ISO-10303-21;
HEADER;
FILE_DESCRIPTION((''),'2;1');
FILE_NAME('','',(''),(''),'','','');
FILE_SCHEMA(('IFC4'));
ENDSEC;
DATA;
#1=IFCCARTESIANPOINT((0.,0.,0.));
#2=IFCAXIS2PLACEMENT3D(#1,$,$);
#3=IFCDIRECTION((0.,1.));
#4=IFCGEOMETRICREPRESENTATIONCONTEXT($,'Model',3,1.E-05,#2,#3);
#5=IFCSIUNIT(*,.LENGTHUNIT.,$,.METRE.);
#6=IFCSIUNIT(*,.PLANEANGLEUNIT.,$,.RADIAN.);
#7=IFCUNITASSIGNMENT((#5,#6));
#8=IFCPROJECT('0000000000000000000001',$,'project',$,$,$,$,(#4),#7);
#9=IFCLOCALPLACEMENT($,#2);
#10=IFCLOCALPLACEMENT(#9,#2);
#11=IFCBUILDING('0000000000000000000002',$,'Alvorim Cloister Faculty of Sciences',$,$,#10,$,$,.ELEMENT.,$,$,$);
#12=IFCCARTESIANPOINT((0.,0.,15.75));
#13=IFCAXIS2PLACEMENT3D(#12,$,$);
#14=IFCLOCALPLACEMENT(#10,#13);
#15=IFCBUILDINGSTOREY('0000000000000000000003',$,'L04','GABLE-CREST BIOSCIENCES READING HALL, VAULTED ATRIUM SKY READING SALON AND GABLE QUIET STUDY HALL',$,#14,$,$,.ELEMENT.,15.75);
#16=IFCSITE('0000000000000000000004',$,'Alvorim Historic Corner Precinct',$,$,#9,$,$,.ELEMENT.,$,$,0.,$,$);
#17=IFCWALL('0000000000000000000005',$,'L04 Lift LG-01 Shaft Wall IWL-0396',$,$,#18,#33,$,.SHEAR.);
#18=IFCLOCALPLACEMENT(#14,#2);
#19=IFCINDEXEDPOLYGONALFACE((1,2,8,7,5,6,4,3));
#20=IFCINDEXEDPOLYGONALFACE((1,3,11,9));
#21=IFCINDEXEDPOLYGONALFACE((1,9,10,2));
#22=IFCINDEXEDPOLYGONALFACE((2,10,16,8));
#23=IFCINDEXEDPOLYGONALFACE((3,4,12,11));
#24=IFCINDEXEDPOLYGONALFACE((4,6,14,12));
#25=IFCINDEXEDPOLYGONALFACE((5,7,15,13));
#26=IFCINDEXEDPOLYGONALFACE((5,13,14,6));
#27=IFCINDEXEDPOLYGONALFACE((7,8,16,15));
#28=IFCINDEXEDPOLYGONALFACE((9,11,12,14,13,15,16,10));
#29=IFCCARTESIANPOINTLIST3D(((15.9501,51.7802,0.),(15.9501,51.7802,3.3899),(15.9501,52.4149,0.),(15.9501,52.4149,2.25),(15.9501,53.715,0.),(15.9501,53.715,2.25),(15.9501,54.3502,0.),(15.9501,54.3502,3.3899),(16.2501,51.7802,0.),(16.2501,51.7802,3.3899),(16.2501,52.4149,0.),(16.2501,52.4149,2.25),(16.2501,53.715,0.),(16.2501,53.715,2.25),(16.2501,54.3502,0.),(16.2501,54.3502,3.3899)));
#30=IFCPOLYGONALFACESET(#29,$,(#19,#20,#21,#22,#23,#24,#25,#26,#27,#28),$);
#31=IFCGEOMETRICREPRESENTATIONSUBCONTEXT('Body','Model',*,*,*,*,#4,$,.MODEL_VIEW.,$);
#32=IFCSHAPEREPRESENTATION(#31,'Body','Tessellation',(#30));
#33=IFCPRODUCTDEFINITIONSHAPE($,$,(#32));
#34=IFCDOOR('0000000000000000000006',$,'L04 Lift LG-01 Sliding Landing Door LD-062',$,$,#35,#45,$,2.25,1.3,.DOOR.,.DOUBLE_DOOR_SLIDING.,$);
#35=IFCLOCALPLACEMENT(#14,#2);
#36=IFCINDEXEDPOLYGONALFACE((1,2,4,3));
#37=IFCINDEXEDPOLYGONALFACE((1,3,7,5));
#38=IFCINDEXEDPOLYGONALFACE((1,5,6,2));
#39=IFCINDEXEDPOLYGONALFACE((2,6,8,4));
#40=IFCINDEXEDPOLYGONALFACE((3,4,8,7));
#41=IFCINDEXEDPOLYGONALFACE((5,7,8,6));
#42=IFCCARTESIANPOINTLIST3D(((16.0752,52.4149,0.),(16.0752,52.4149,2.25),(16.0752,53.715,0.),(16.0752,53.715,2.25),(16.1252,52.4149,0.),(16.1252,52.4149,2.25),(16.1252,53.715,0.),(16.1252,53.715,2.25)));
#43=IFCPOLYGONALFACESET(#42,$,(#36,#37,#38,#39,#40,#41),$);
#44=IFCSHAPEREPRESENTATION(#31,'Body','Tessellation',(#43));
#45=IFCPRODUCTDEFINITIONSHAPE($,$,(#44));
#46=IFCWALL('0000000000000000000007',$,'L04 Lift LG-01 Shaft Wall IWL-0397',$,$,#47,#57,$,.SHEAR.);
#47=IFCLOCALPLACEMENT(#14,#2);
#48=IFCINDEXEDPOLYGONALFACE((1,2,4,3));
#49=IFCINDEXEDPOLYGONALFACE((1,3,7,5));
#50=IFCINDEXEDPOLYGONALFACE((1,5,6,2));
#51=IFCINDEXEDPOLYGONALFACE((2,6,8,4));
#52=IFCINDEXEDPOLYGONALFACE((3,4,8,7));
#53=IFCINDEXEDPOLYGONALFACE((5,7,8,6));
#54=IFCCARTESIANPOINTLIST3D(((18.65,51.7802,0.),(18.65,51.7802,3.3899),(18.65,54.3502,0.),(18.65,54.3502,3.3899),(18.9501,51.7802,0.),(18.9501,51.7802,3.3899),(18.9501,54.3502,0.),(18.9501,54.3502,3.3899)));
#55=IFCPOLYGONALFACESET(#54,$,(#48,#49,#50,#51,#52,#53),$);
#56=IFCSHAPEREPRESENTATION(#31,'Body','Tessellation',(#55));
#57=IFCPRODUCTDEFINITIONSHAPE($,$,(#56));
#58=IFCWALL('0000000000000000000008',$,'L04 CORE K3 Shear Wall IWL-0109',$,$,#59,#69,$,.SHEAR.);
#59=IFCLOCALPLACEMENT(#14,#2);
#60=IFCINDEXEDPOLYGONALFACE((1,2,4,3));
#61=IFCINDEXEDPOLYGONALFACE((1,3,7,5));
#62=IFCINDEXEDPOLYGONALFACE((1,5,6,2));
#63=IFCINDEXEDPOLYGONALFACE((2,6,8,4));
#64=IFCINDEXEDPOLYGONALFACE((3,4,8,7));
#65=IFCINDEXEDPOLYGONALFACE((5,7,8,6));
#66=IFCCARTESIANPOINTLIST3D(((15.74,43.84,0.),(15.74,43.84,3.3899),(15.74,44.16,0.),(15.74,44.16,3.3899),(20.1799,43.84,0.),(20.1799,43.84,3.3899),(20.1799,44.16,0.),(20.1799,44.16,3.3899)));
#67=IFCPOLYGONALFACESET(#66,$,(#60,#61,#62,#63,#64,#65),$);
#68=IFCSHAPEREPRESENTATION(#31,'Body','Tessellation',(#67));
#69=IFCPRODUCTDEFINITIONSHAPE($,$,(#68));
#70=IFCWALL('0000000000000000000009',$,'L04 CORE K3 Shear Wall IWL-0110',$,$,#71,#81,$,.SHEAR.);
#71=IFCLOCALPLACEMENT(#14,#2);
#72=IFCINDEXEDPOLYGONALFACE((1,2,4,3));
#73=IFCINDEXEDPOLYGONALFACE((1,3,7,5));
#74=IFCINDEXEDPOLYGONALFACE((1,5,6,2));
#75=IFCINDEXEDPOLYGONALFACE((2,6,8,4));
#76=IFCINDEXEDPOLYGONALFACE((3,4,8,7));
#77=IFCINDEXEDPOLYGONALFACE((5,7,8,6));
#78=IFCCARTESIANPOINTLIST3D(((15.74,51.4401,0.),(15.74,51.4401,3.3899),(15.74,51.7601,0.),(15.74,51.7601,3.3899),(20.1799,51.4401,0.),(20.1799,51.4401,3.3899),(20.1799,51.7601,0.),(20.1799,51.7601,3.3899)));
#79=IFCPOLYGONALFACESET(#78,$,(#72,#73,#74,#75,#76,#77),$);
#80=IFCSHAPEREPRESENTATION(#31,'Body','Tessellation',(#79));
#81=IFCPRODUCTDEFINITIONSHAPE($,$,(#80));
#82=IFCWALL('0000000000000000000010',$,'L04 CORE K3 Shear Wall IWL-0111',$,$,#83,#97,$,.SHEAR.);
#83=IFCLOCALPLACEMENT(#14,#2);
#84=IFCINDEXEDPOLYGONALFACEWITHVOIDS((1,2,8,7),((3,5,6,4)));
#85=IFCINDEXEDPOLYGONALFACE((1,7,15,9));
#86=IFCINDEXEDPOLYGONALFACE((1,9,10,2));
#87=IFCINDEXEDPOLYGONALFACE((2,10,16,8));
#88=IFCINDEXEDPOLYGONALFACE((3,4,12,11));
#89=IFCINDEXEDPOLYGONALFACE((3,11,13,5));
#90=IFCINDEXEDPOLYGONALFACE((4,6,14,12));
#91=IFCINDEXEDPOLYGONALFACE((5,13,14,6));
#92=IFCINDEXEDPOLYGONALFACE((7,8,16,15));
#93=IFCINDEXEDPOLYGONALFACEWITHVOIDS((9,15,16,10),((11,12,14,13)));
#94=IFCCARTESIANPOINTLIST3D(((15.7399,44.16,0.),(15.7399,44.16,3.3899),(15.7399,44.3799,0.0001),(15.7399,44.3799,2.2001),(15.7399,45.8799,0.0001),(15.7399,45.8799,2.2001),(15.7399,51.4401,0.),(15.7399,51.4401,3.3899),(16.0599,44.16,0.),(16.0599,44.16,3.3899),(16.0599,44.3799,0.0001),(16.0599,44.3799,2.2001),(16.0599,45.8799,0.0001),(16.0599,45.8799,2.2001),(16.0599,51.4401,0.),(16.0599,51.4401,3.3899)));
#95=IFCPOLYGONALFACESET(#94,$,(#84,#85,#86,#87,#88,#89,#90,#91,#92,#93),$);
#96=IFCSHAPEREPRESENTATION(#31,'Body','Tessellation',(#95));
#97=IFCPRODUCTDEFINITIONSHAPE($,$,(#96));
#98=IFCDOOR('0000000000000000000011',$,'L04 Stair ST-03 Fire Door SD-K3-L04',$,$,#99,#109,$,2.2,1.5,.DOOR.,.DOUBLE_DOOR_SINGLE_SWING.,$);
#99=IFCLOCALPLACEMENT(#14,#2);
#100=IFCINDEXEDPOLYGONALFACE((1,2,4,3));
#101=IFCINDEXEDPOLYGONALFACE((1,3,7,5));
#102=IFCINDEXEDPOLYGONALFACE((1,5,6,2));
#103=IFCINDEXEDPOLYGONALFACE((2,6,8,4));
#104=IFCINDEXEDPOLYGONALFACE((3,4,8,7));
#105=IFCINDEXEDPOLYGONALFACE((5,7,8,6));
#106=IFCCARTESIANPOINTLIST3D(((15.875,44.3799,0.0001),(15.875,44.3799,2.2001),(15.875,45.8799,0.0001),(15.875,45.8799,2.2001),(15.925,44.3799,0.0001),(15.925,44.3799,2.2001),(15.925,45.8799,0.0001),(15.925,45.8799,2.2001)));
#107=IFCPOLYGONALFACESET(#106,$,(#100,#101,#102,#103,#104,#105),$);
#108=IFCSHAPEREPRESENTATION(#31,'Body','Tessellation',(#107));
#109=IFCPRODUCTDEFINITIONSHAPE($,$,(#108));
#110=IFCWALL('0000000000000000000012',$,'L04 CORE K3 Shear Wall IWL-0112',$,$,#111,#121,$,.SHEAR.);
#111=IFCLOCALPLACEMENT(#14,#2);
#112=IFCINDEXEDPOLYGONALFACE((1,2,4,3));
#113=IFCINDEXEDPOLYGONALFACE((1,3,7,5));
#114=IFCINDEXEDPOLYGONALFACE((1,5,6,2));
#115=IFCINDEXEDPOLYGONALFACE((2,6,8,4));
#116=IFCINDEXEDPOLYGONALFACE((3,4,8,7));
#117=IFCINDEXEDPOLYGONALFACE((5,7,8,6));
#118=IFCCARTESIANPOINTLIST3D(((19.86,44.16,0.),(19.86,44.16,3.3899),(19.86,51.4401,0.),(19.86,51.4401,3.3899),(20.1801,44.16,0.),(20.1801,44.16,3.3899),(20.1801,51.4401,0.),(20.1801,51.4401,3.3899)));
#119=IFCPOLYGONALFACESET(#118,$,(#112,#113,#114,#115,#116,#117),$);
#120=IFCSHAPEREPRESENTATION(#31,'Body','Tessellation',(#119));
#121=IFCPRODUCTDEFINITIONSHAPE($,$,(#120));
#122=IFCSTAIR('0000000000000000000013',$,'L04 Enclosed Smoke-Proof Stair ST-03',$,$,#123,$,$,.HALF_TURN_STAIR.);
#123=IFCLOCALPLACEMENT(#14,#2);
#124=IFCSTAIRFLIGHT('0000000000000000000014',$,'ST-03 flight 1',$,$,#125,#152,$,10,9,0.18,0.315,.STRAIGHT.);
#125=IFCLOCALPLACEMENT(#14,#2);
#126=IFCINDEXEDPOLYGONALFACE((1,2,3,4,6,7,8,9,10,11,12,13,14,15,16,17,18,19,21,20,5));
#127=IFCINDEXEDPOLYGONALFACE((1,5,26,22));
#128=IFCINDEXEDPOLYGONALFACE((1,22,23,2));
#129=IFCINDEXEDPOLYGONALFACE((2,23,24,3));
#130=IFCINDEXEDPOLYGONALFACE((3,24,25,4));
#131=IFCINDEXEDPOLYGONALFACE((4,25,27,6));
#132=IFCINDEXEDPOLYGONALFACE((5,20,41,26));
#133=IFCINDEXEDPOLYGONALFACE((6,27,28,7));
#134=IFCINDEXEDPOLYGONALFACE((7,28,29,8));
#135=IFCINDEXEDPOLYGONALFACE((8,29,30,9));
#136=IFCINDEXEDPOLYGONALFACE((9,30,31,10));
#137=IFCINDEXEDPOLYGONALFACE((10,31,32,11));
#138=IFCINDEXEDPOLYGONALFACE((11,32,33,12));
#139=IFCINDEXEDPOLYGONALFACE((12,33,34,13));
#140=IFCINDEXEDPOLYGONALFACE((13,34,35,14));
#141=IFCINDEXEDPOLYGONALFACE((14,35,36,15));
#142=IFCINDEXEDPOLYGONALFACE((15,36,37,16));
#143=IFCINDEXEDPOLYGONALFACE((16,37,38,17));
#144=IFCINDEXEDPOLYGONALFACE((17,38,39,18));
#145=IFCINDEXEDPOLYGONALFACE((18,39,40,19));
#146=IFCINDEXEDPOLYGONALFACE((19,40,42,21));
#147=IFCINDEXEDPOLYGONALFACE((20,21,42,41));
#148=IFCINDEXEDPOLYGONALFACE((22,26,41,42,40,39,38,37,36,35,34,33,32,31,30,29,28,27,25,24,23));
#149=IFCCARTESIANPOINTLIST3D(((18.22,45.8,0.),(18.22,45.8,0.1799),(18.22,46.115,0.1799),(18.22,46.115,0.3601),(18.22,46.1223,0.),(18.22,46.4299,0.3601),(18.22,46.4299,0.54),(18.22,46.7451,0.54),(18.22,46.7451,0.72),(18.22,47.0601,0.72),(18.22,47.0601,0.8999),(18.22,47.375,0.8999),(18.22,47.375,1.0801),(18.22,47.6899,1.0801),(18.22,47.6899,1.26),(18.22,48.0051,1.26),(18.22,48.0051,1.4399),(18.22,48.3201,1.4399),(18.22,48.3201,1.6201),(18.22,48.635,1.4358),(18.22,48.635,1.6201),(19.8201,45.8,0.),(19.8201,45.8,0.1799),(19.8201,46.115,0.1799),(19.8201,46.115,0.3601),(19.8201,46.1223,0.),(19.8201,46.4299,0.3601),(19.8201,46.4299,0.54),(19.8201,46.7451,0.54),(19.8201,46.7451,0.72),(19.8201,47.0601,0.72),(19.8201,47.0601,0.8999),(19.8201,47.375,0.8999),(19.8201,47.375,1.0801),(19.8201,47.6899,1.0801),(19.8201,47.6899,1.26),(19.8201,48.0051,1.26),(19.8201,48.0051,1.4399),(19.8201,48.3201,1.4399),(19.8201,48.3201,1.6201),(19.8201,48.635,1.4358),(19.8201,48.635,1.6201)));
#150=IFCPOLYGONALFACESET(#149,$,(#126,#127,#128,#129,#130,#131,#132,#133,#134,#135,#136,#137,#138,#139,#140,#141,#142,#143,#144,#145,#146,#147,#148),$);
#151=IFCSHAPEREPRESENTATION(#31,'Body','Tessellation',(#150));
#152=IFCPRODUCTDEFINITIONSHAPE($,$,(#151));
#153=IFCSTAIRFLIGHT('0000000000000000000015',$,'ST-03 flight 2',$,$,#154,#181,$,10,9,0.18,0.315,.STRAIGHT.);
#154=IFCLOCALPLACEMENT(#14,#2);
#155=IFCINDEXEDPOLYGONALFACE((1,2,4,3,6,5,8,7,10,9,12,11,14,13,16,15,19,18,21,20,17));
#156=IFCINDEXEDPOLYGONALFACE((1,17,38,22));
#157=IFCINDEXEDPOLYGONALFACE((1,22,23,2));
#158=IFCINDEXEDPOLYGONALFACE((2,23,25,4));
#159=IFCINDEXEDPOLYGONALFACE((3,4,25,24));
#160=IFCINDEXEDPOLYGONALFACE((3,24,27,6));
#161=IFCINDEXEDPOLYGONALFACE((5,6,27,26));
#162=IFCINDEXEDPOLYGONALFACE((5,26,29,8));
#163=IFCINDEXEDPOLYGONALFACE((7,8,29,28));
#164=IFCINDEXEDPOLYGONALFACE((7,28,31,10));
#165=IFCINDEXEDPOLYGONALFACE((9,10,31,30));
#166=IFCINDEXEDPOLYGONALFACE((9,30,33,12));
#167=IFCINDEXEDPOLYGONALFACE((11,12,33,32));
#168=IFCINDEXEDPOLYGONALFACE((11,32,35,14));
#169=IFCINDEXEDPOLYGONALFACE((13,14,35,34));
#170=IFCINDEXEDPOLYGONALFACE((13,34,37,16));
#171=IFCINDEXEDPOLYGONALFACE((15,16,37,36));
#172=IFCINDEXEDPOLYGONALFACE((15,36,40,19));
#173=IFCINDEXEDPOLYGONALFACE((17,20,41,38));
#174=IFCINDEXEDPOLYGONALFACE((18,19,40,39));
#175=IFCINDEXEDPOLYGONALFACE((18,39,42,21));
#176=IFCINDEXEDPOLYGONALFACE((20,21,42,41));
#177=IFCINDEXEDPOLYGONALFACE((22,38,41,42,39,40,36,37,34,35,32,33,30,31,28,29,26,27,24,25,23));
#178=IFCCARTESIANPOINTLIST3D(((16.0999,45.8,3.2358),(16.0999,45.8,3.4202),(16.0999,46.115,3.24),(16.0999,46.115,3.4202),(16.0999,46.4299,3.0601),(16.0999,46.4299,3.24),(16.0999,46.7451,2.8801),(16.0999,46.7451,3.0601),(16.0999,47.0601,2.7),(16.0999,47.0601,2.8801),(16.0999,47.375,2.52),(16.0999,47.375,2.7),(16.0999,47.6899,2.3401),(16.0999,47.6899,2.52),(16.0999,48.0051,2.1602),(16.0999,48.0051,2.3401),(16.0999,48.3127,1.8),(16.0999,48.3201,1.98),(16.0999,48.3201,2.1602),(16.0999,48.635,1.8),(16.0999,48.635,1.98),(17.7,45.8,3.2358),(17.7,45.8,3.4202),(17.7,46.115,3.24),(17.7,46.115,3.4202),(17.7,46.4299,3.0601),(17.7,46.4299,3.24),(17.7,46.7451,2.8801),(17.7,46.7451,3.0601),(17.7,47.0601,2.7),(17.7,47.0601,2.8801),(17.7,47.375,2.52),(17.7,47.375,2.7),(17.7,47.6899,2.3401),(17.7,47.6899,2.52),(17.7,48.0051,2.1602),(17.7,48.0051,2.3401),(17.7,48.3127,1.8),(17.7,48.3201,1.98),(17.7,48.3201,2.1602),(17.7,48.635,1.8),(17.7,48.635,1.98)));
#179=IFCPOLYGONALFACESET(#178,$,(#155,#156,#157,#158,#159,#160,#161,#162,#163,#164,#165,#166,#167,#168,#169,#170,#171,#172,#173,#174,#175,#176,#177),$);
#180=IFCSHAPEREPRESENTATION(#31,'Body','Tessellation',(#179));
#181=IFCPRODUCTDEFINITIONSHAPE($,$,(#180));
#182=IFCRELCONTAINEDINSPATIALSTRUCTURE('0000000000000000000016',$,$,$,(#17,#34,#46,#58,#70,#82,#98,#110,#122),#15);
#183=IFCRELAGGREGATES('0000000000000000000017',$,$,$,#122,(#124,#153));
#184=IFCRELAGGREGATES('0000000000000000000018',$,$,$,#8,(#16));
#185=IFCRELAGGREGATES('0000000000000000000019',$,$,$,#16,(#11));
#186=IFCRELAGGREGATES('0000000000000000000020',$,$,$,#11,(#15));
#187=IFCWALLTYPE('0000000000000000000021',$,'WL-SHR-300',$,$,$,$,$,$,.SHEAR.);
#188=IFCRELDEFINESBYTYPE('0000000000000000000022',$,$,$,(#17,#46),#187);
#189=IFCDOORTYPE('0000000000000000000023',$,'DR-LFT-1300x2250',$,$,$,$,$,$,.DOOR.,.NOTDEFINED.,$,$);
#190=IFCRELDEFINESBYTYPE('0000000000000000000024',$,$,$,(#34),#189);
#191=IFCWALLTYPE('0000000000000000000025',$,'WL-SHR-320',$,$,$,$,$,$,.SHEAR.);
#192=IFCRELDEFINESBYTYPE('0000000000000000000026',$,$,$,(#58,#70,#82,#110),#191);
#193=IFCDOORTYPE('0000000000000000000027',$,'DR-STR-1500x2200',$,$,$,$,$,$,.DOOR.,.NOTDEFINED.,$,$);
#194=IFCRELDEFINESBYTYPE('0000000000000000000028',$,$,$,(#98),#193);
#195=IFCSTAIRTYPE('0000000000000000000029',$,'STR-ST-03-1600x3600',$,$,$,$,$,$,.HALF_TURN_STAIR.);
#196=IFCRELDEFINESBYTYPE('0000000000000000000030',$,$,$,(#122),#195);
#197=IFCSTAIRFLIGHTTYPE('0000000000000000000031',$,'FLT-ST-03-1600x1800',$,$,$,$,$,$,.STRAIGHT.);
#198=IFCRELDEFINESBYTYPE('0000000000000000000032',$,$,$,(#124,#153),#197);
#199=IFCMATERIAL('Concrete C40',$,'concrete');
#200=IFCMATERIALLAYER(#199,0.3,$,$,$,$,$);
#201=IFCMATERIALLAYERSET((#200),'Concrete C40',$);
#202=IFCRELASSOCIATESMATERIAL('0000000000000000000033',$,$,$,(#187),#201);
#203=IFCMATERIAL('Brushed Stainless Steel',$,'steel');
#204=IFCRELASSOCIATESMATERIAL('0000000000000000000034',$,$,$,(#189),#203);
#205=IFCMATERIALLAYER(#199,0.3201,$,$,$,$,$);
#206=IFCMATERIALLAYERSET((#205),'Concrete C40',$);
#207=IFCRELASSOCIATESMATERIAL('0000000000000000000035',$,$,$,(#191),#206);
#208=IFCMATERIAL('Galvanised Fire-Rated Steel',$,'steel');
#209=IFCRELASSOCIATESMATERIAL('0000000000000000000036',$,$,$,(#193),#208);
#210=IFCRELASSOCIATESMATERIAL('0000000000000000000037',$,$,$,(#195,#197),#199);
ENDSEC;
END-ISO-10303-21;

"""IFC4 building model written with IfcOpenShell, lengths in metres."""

from ifc_helpers import new_model, si_unit, direction, frame, frame_2d, origin, place, context, subcontext, project, spatial, polyline, rectangle, outline, extrude, material, layer, layer_set, type_object, element, fill, aggregate, save


model = new_model("IFC4")

# Units and contexts
model_context = context("Model", 3, precision=1e-05, world=origin(), true_north=direction((0.0, 1.0)))
body_context = subcontext(model_context, "Body", "Model", "MODEL_VIEW")
ifc_project = project(units=[si_unit("LENGTHUNIT", "METRE"), si_unit("PLANEANGLEUNIT", "RADIAN")], contexts=[model_context])

# Site, building, storey
site_placement = place(None, origin())
site = spatial("IfcSite", under=ifc_project, at=site_placement, Name="Alvorim Historic Corner Precinct", CompositionType="ELEMENT", RefElevation=0.0)
building_placement = place(site_placement, origin())
building = spatial("IfcBuilding", under=site, at=building_placement, Name="Alvorim Cloister Faculty of Sciences", CompositionType="ELEMENT")
storey_placement = place(building_placement, frame((0.0, 0.0, 15.75)))
storey = spatial("IfcBuildingStorey", under=building, at=storey_placement, Name="L04", Description="GABLE-CREST BIOSCIENCES READING HALL, VAULTED ATRIUM SKY READING SALON AND GABLE QUIET STUDY HALL", CompositionType="ELEMENT", Elevation=15.75)

# Shared definitions
ifc_material_1 = material(Name="Concrete C40", Category="concrete")
ifc_layer_1 = layer(ifc_material_1, 0.3)
ifc_layer_set_1 = layer_set([ifc_layer_1], Name="Concrete C40")
wall_type_1 = type_object("IfcWallType", Name="WL-SHR-300", PredefinedType="SHEAR", material=ifc_layer_set_1)

# Shared definitions
ifc_material_2 = material(Name="Brushed Stainless Steel", Category="steel")

# Wall, opening, door
wall_1_placement = place(storey_placement, frame((16.1001, 51.78, 0.0), z_axis=(0.0, 0.0, 1.0), x_axis=(0.0, 1.0, 0.0)))
wall_1 = element("IfcWall", 1, at=wall_1_placement, inside=storey, type_object=wall_type_1, Name="L04 Lift LG-01 Shaft Wall IWL-0396", PredefinedType="SHEAR", context=body_context, shape_type="SweptSolid", body=[
    extrude(rectangle(XDim=2.5701, YDim=0.3, at=frame_2d((1.2852, 0.0))), origin(), (0.0, 0.0, 1.0), 3.3899),
])
opening_1_placement = place(wall_1_placement, frame((0.635, 0.0, 0.0)))
opening_1 = element("IfcOpeningElement", 2, at=opening_1_placement, cuts=wall_1, PredefinedType="OPENING", context=body_context, shape_type="SweptSolid", body=[
    extrude(rectangle(XDim=1.3, YDim=2.25, at=frame_2d((0.6499, 1.125))), frame((0.0, 0.1621, 0.0), z_axis=(0.0, -1.0, 0.0), x_axis=(1.0, 0.0, 0.0)), (0.0, 0.0, 1.0), 0.324),
])
door_type_1 = type_object("IfcDoorType", Name="DR-LFT-1300x2250", OperationType="NOTDEFINED", PredefinedType="DOOR", material=ifc_material_2)
door_1_placement = place(opening_1_placement, origin())
door_1 = element("IfcDoor", 3, at=door_1_placement, inside=storey, type_object=door_type_1, Name="L04 Lift LG-01 Sliding Landing Door LD-062", OperationType="DOUBLE_DOOR_SLIDING", OverallHeight=2.25, OverallWidth=1.3, PredefinedType="DOOR", context=body_context, shape_type="SweptSolid", body=[
    extrude(rectangle(XDim=1.3, YDim=2.25, at=frame_2d((0.6499, 1.125))), frame((0.0, 0.0249, 0.0), z_axis=(0.0, -1.0, 0.0), x_axis=(1.0, 0.0, 0.0)), (0.0, 0.0, 1.0), 0.05),
])
fill(opening_1, door_1)

# Walls
wall_2_placement = place(storey_placement, frame((18.8, 51.78, 0.0), z_axis=(0.0, 0.0, 1.0), x_axis=(0.0, 1.0, 0.0)))
element("IfcWall", 4, at=wall_2_placement, inside=storey, type_object=wall_type_1, Name="L04 Lift LG-01 Shaft Wall IWL-0397", PredefinedType="SHEAR", context=body_context, shape_type="SweptSolid", body=[
    extrude(rectangle(XDim=2.5701, YDim=0.3, at=frame_2d((1.2852, 0.0))), origin(), (0.0, 0.0, 1.0), 3.3899),
])
ifc_layer_2 = layer(ifc_material_1, 0.3201)
ifc_layer_set_2 = layer_set([ifc_layer_2], Name="Concrete C40")
wall_type_2 = type_object("IfcWallType", Name="WL-SHR-320", PredefinedType="SHEAR", material=ifc_layer_set_2)
for number, where, z_axis, x_axis, name in (
    (5, (15.74, 44.0, 0.0), (0.0, 0.0, 1.0), (1.0, 0.0, 0.0), "L04 CORE K3 Shear Wall IWL-0109"),
    (6, (15.74, 51.6001, 0.0), (0.0, 0.0, 1.0), (1.0, 0.0, 0.0), "L04 CORE K3 Shear Wall IWL-0110"),
):
    element("IfcWall", number, at=place(storey_placement, frame(where, z_axis=z_axis, x_axis=x_axis)), inside=storey, type_object=wall_type_2, Name=name, PredefinedType="SHEAR", context=body_context, shape_type="SweptSolid", body=[
        extrude(rectangle(XDim=4.4399, YDim=0.3201, at=frame_2d((2.22, 0.0))), origin(), (0.0, 0.0, 1.0), 3.3899),
    ])

# Wall, opening, door
wall_3_placement = place(storey_placement, frame((15.8999, 44.1599, 0.0), z_axis=(0.0, 0.0, 1.0), x_axis=(0.0, 1.0, 0.0)))
wall_3 = element("IfcWall", 7, at=wall_3_placement, inside=storey, type_object=wall_type_2, Name="L04 CORE K3 Shear Wall IWL-0111", PredefinedType="SHEAR", context=body_context, shape_type="SweptSolid", body=[
    extrude(rectangle(XDim=7.28, YDim=0.3201, at=frame_2d((3.6401, 0.0))), origin(), (0.0, 0.0, 1.0), 3.3899),
])
opening_2_placement = place(wall_3_placement, frame((0.22, 0.0, 0.0)))
opening_2 = element("IfcOpeningElement", 8, at=opening_2_placement, cuts=wall_3, PredefinedType="OPENING", context=body_context, shape_type="SweptSolid", body=[
    extrude(rectangle(XDim=1.5, YDim=2.2, at=frame_2d((0.75, 1.1001))), frame((0.0, 0.1719, 0.0), z_axis=(0.0, -1.0, 0.0), x_axis=(1.0, 0.0, 0.0)), (0.0, 0.0, 1.0), 0.344),
])
ifc_material_3 = material(Name="Galvanised Fire-Rated Steel", Category="steel")
door_type_2 = type_object("IfcDoorType", Name="DR-STR-1500x2200", OperationType="NOTDEFINED", PredefinedType="DOOR", material=ifc_material_3)
door_2_placement = place(opening_2_placement, origin())
door_2 = element("IfcDoor", 9, at=door_2_placement, inside=storey, type_object=door_type_2, Name="L04 Stair ST-03 Fire Door SD-K3-L04", OperationType="DOUBLE_DOOR_SINGLE_SWING", OverallHeight=2.2, OverallWidth=1.5, PredefinedType="DOOR", context=body_context, shape_type="SweptSolid", body=[
    extrude(rectangle(XDim=1.5, YDim=2.2, at=frame_2d((0.75, 1.1001))), frame((0.0, 0.0249, 0.0), z_axis=(0.0, -1.0, 0.0), x_axis=(1.0, 0.0, 0.0)), (0.0, 0.0, 1.0), 0.05),
])
fill(opening_2, door_2)

# Wall
wall_4_placement = place(storey_placement, frame((20.02, 44.1599, 0.0), z_axis=(0.0, 0.0, 1.0), x_axis=(0.0, 1.0, 0.0)))
element("IfcWall", 10, at=wall_4_placement, inside=storey, type_object=wall_type_2, Name="L04 CORE K3 Shear Wall IWL-0112", PredefinedType="SHEAR", context=body_context, shape_type="SweptSolid", body=[
    extrude(rectangle(XDim=7.28, YDim=0.3201, at=frame_2d((3.6401, 0.0))), origin(), (0.0, 0.0, 1.0), 3.3899),
])

# Stair, stair flights
stair_type = type_object("IfcStairType", Name="STR-ST-03-1600x3600", PredefinedType="HALF_TURN_STAIR", material=ifc_material_1)
stair_placement = place(storey_placement, origin())
stair = element("IfcStair", 11, at=stair_placement, inside=storey, type_object=stair_type, Name="L04 Enclosed Smoke-Proof Stair ST-03", PredefinedType="HALF_TURN_STAIR")
stair_flight_type = type_object("IfcStairFlightType", Name="FLT-ST-03-1600x1800", PredefinedType="STRAIGHT", material=ifc_material_1)
stair_flight_1_placement = place(storey_placement, frame((19.02, 45.8, 0.0), z_axis=(0.0, 0.0, 1.0), x_axis=(0.0, 1.0, 0.0)))
stair_flight_1 = element("IfcStairFlight", 12, at=stair_flight_1_placement, type_object=stair_flight_type, Name="ST-03 flight 1", NumberOfRisers=10, NumberOfTreads=9, PredefinedType="STRAIGHT", RiserHeight=0.18, TreadLength=0.315, context=body_context, shape_type="SweptSolid", body=[
    extrude(outline(polyline([(0.3223, 0.0), (2.835, 1.4358), (2.835, 1.8), (2.835, 1.6201), (2.52, 1.6201), (2.52, 1.4399), (2.2051, 1.4399), (2.2051, 1.26), (1.8899, 1.26), (1.8899, 1.0801), (1.575, 1.0801), (1.575, 0.8999), (1.26, 0.8999), (1.26, 0.72), (0.9451, 0.72), (0.9451, 0.54), (0.6299, 0.54), (0.6299, 0.3601), (0.3149, 0.3601), (0.3149, 0.1799), (0.0, 0.1799), (0.0, 0.0), (0.3223, 0.0)])), frame((0.0, 0.8, 0.0), z_axis=(0.0, -1.0, 0.0), x_axis=(1.0, 0.0, 0.0)), (0.0, 0.0, 1.0), 1.6001),
])
stair_flight_2_placement = place(storey_placement, frame((16.8999, 48.635, 1.8), z_axis=(0.0, 0.0, 1.0), x_axis=(0.0, -1.0, 0.0)))
stair_flight_2 = element("IfcStairFlight", 13, at=stair_flight_2_placement, type_object=stair_flight_type, Name="ST-03 flight 2", NumberOfRisers=10, NumberOfTreads=9, PredefinedType="STRAIGHT", RiserHeight=0.18, TreadLength=0.315, context=body_context, shape_type="SweptSolid", body=[
    extrude(outline(polyline([(0.3223, 0.0), (2.835, 1.4358), (2.835, 1.8), (2.835, 1.6201), (2.52, 1.6201), (2.52, 1.4399), (2.2051, 1.4399), (2.2051, 1.26), (1.8899, 1.26), (1.8899, 1.0801), (1.575, 1.0801), (1.575, 0.8999), (1.26, 0.8999), (1.26, 0.72), (0.9451, 0.72), (0.9451, 0.54), (0.6299, 0.54), (0.6299, 0.3601), (0.3149, 0.3601), (0.3149, 0.1799), (0.0, 0.1799), (0.0, 0.0), (0.3223, 0.0)])), frame((0.0, 0.8, 0.0), z_axis=(0.0, -1.0, 0.0), x_axis=(1.0, 0.0, 0.0)), (0.0, 0.0, 1.0), 1.6001),
])
aggregate(stair, [stair_flight_1, stair_flight_2])

save(model, "model.ifc")
